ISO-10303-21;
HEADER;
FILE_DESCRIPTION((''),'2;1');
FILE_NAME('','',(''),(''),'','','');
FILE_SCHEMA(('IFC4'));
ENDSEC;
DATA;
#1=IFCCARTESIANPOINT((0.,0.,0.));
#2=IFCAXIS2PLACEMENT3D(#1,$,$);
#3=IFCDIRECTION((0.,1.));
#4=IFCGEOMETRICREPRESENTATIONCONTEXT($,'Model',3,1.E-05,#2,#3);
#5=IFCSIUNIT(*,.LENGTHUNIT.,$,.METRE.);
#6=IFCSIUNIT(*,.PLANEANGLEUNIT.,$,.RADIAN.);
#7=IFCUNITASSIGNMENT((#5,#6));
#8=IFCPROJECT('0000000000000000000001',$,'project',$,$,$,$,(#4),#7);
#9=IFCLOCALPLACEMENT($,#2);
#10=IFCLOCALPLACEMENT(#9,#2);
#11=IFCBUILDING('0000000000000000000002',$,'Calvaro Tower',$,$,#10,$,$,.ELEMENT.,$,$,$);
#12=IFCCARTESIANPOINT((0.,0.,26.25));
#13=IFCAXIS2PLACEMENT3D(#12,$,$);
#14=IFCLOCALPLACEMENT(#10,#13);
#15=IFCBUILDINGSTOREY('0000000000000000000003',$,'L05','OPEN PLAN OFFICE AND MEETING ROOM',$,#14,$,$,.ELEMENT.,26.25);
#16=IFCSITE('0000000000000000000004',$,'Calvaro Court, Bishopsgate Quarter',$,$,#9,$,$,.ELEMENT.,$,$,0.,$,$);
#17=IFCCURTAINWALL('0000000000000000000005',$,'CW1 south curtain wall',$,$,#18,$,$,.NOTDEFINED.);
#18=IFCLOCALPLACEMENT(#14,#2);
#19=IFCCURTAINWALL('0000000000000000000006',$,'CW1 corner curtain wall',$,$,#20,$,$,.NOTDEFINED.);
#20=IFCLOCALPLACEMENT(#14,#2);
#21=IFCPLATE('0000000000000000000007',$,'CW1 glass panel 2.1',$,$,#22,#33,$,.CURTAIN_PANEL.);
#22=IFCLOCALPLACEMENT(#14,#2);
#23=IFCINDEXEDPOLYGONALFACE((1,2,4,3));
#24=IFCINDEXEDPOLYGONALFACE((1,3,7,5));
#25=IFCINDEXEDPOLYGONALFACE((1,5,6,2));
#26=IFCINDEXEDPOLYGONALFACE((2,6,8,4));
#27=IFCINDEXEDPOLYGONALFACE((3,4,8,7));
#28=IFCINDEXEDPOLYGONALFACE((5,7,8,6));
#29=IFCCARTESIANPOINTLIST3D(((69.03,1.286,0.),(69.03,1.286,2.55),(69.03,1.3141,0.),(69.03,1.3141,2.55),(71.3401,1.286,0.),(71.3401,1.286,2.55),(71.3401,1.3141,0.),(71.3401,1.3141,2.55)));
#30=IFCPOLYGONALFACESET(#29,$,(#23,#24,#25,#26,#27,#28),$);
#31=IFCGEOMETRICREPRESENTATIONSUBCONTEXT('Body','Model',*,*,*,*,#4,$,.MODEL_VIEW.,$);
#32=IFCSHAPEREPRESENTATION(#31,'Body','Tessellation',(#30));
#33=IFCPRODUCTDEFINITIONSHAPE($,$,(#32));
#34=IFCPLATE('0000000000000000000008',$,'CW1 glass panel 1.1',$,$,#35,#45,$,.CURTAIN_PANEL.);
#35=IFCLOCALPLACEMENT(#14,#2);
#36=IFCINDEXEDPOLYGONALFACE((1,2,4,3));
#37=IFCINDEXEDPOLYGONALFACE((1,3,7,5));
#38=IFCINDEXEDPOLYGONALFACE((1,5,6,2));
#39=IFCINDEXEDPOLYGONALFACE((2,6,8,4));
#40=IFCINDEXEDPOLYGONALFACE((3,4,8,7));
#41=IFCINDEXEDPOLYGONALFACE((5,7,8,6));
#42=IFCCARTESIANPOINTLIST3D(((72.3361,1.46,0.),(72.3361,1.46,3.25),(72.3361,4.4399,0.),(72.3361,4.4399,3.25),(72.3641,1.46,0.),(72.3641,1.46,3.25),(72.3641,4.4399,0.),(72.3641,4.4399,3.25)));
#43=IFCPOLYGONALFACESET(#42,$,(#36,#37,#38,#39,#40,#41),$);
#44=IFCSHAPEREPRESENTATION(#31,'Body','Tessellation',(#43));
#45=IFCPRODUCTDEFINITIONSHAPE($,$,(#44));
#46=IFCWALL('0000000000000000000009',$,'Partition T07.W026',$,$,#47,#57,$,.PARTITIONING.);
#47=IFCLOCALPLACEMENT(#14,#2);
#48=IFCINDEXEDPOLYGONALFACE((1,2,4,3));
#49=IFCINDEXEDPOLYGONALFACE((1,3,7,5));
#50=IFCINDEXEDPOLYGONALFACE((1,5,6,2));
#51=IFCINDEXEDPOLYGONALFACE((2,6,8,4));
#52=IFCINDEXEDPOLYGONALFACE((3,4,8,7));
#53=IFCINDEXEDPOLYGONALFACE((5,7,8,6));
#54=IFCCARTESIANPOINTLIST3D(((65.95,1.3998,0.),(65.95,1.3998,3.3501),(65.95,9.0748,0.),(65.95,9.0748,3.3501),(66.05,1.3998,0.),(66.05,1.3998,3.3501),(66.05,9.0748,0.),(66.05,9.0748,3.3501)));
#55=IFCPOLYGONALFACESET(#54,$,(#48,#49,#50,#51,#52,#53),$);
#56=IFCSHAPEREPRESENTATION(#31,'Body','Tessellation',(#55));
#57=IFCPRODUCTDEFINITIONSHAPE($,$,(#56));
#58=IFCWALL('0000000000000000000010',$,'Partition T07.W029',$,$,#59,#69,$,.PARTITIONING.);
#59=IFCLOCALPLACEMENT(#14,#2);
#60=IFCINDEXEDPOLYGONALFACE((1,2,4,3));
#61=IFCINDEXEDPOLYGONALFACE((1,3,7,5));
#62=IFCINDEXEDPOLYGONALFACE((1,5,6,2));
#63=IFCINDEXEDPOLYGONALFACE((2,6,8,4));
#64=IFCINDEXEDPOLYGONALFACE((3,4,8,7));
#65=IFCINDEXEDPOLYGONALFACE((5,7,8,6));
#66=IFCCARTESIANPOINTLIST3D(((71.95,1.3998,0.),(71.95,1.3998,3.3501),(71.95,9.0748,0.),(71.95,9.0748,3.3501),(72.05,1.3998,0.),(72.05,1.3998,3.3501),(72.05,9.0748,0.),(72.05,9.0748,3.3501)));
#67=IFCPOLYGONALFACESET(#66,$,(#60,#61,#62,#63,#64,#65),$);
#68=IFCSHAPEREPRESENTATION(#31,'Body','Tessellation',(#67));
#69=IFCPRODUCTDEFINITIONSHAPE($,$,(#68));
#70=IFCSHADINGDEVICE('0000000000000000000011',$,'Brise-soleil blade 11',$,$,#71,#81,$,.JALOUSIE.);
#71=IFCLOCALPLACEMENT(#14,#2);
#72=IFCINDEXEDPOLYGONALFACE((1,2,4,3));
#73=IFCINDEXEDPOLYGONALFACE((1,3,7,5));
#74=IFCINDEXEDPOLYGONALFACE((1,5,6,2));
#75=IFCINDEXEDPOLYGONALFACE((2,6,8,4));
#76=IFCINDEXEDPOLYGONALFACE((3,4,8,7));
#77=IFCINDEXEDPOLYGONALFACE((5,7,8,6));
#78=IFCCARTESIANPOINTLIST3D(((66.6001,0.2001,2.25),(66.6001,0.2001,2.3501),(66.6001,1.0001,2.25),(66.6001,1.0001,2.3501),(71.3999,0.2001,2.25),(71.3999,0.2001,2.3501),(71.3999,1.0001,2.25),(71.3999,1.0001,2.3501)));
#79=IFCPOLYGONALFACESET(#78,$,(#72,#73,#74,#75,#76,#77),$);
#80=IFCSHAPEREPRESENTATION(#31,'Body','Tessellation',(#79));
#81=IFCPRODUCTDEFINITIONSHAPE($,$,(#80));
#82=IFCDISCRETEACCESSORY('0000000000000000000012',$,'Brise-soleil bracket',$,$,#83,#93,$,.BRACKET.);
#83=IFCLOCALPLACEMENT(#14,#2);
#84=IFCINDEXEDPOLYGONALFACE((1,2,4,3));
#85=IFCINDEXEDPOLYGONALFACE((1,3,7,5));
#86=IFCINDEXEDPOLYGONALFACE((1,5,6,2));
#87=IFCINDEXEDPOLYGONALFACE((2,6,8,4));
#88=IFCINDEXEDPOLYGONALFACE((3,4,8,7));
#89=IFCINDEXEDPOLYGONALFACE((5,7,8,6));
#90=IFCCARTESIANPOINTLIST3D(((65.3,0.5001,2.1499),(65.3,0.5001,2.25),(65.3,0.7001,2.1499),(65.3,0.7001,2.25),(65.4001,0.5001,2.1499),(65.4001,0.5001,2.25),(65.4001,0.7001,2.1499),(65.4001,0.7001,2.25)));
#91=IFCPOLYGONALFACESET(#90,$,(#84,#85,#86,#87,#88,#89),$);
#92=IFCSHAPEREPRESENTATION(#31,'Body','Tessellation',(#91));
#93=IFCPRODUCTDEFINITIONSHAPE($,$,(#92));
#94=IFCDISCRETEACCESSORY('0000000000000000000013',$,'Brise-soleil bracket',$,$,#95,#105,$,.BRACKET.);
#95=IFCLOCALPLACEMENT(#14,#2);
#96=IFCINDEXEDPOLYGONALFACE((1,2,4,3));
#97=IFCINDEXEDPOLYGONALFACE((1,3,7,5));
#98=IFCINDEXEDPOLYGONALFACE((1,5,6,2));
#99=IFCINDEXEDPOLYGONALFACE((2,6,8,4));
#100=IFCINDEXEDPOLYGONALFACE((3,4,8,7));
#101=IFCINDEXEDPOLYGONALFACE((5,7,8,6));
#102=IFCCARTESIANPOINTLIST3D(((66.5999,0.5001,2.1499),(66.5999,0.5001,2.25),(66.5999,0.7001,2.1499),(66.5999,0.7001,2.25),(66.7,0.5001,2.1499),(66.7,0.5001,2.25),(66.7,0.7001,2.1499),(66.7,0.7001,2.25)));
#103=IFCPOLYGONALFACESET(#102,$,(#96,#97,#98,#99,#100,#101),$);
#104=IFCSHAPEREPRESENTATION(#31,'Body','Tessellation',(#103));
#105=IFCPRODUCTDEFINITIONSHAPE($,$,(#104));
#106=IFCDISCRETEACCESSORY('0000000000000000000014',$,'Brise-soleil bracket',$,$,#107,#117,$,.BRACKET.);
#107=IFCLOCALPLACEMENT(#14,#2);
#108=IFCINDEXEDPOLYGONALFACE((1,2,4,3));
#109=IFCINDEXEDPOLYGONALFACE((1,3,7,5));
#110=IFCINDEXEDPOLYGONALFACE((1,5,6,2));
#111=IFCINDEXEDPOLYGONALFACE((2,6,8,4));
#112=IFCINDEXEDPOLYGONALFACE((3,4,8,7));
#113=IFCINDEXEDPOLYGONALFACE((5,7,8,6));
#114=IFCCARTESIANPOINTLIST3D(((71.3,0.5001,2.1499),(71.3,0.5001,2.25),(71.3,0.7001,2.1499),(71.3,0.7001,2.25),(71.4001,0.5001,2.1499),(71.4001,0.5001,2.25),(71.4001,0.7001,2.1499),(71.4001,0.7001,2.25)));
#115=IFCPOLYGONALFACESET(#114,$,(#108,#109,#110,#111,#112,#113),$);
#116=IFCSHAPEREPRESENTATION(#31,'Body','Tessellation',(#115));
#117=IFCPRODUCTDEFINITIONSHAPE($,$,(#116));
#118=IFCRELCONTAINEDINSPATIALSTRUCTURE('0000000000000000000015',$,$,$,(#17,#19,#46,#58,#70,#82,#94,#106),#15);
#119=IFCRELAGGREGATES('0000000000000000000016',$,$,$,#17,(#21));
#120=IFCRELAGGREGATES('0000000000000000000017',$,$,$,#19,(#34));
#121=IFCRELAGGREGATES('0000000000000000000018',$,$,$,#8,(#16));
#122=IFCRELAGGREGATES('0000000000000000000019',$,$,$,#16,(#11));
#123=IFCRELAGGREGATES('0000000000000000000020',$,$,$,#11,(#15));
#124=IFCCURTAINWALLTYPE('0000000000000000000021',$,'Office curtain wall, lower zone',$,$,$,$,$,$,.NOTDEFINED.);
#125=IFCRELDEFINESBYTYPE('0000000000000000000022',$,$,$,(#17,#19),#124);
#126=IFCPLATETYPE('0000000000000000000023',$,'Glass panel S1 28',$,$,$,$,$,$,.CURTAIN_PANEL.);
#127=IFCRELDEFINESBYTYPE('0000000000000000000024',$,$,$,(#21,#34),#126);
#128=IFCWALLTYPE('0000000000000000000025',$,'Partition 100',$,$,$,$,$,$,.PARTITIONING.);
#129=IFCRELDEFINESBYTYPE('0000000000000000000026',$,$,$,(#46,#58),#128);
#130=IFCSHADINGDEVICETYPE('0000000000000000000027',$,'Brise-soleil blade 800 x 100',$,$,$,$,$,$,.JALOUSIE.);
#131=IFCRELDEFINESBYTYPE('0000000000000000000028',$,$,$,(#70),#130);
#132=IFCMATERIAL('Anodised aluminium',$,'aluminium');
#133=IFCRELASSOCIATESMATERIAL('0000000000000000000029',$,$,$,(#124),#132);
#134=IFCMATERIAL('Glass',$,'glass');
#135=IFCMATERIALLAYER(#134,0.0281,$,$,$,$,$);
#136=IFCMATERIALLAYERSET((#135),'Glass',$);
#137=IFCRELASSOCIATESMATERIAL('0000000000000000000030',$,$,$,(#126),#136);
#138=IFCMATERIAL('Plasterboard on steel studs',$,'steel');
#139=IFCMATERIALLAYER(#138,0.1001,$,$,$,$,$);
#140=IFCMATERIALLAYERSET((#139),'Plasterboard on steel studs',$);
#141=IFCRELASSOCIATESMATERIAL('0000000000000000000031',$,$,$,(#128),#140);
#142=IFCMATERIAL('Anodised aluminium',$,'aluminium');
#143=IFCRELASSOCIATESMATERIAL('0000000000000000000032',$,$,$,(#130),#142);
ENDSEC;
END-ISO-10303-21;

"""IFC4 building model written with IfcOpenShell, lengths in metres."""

from ifc_helpers import new_model, si_unit, direction, frame, frame_2d, origin, origin_2d, place, context, subcontext, project, spatial, rectangle, extrude, material, layer, layer_set, material_profile, profile_set, type_object, element, aggregate, save


model = new_model("IFC4")

# Units and contexts
model_context = context("Model", 3, precision=1e-05, world=origin(), true_north=direction((0.0, 1.0)))
body_context = subcontext(model_context, "Body", "Model", "MODEL_VIEW")
ifc_project = project(units=[si_unit("LENGTHUNIT", "METRE"), si_unit("PLANEANGLEUNIT", "RADIAN")], contexts=[model_context])

# Site, building, storey
site_placement = place(None, origin())
site = spatial("IfcSite", under=ifc_project, at=site_placement, Name="Calvaro Court, Bishopsgate Quarter", CompositionType="ELEMENT", RefElevation=0.0)
building_placement = place(site_placement, origin())
building = spatial("IfcBuilding", under=site, at=building_placement, Name="Calvaro Tower", CompositionType="ELEMENT")
storey_placement = place(building_placement, frame((0.0, 0.0, 26.25)))
storey = spatial("IfcBuildingStorey", under=building, at=storey_placement, Name="L05", Description="OPEN PLAN OFFICE AND MEETING ROOM", CompositionType="ELEMENT", Elevation=26.25)

# Shared definitions
ifc_material_1 = material(Name="Anodised aluminium", Category="aluminium")
curtain_wall_type = type_object("IfcCurtainWallType", Name="Office curtain wall, lower zone", PredefinedType="NOTDEFINED", material=ifc_material_1)

# Curtain walls
curtain_wall_1_placement = place(storey_placement, origin())
curtain_wall_1 = element("IfcCurtainWall", 1, at=curtain_wall_1_placement, inside=storey, type_object=curtain_wall_type, Name="CW1 south curtain wall", PredefinedType="NOTDEFINED")
curtain_wall_2_placement = place(storey_placement, origin())
curtain_wall_2 = element("IfcCurtainWall", 2, at=curtain_wall_2_placement, inside=storey, type_object=curtain_wall_type, Name="CW1 corner curtain wall", PredefinedType="NOTDEFINED")

# Plates
ifc_material_2 = material(Name="Glass", Category="glass")
ifc_layer_1 = layer(ifc_material_2, 0.0281)
ifc_layer_set_1 = layer_set([ifc_layer_1], Name="Glass")
plate_type = type_object("IfcPlateType", Name="Glass panel S1 28", PredefinedType="CURTAIN_PANEL", material=ifc_layer_set_1)
plate_1_placement = place(storey_placement, frame((70.1851, 1.3, 0.0), z_axis=(0.0, 0.0, 1.0), x_axis=(1.0, 0.0, 0.0)))
plate_1 = element("IfcPlate", 3, at=plate_1_placement, type_object=plate_type, Name="CW1 glass panel 2.1", PredefinedType="CURTAIN_PANEL", context=body_context, shape_type="SweptSolid", body=[
    extrude(rectangle(XDim=2.3101, YDim=0.0281, at=origin_2d()), origin(), (0.0, 0.0, 1.0), 2.55),
])
aggregate(curtain_wall_1, [plate_1])
plate_2_placement = place(storey_placement, frame((72.3501, 2.95, 0.0), z_axis=(0.0, 0.0, 1.0), x_axis=(0.0, 1.0, 0.0)))
plate_2 = element("IfcPlate", 4, at=plate_2_placement, type_object=plate_type, Name="CW1 glass panel 1.1", PredefinedType="CURTAIN_PANEL", context=body_context, shape_type="SweptSolid", body=[
    extrude(rectangle(XDim=2.98, YDim=0.0281, at=origin_2d()), origin(), (0.0, 0.0, 1.0), 3.25),
])
aggregate(curtain_wall_2, [plate_2])

# Walls
ifc_material_3 = material(Name="Plasterboard on steel studs", Category="steel")
ifc_layer_2 = layer(ifc_material_3, 0.1001)
ifc_layer_set_2 = layer_set([ifc_layer_2], Name="Plasterboard on steel studs")
wall_type = type_object("IfcWallType", Name="Partition 100", PredefinedType="PARTITIONING", material=ifc_layer_set_2)
for number, where, z_axis, x_axis, name in (
    (5, (66.0, 1.3999, 0.0), (0.0, 0.0, 1.0), (0.0, 1.0, 0.0), "Partition T07.W026"),
    (6, (72.0, 1.3999, 0.0), (0.0, 0.0, 1.0), (0.0, 1.0, 0.0), "Partition T07.W029"),
):
    element("IfcWall", number, at=place(storey_placement, frame(where, z_axis=z_axis, x_axis=x_axis)), inside=storey, type_object=wall_type, Name=name, PredefinedType="PARTITIONING", context=body_context, shape_type="SweptSolid", body=[
        extrude(rectangle(XDim=7.675, YDim=0.1001, at=frame_2d((3.8374, 0.0))), origin(), (0.0, 0.0, 1.0), 3.3501),
    ])

# Shading device
ifc_material_4 = material(Name="Anodised aluminium", Category="aluminium")
ifc_material_profile_1 = material_profile(ifc_material_4, rectangle(XDim=0.8, YDim=0.1001, at=origin_2d()), Name="Brise-soleil blade 800 x 100")
ifc_profile_set_1 = profile_set([ifc_material_profile_1], Name="Anodised aluminium")
shading_device_type = type_object("IfcShadingDeviceType", Name="Brise-soleil blade 800 x 100", PredefinedType="JALOUSIE", material=ifc_profile_set_1)
shading_device_placement = place(storey_placement, frame((66.6001, 0.6001, 2.3), z_axis=(1.0, 0.0, 0.0), x_axis=(0.0, 1.0, 0.0)))
element("IfcShadingDevice", 7, at=shading_device_placement, inside=storey, type_object=shading_device_type, Name="Brise-soleil blade 11", PredefinedType="JALOUSIE", context=body_context, shape_type="SweptSolid", body=[
    extrude(rectangle(XDim=0.8, YDim=0.1001, at=origin_2d()), origin(), (0.0, 0.0, 1.0), 4.7998),
])

# Discrete accessories
for number, where, z_axis, x_axis, name in (
    (8, (65.3501, 0.6001, 2.1499), (0.0, 0.0, 1.0), (1.0, 0.0, 0.0), "Brise-soleil bracket"),
    (9, (66.6499, 0.6001, 2.1499), (0.0, 0.0, 1.0), (1.0, 0.0, 0.0), "Brise-soleil bracket"),
    (10, (71.3501, 0.6001, 2.1499), (0.0, 0.0, 1.0), (1.0, 0.0, 0.0), "Brise-soleil bracket"),
):
    element("IfcDiscreteAccessory", number, at=place(storey_placement, frame(where, z_axis=z_axis, x_axis=x_axis)), inside=storey, Name=name, PredefinedType="BRACKET", context=body_context, shape_type="SweptSolid", body=[
        extrude(rectangle(XDim=0.1001, YDim=0.2, at=origin_2d()), origin(), (0.0, 0.0, 1.0), 0.1001),
    ])

save(model, "model.ifc")
